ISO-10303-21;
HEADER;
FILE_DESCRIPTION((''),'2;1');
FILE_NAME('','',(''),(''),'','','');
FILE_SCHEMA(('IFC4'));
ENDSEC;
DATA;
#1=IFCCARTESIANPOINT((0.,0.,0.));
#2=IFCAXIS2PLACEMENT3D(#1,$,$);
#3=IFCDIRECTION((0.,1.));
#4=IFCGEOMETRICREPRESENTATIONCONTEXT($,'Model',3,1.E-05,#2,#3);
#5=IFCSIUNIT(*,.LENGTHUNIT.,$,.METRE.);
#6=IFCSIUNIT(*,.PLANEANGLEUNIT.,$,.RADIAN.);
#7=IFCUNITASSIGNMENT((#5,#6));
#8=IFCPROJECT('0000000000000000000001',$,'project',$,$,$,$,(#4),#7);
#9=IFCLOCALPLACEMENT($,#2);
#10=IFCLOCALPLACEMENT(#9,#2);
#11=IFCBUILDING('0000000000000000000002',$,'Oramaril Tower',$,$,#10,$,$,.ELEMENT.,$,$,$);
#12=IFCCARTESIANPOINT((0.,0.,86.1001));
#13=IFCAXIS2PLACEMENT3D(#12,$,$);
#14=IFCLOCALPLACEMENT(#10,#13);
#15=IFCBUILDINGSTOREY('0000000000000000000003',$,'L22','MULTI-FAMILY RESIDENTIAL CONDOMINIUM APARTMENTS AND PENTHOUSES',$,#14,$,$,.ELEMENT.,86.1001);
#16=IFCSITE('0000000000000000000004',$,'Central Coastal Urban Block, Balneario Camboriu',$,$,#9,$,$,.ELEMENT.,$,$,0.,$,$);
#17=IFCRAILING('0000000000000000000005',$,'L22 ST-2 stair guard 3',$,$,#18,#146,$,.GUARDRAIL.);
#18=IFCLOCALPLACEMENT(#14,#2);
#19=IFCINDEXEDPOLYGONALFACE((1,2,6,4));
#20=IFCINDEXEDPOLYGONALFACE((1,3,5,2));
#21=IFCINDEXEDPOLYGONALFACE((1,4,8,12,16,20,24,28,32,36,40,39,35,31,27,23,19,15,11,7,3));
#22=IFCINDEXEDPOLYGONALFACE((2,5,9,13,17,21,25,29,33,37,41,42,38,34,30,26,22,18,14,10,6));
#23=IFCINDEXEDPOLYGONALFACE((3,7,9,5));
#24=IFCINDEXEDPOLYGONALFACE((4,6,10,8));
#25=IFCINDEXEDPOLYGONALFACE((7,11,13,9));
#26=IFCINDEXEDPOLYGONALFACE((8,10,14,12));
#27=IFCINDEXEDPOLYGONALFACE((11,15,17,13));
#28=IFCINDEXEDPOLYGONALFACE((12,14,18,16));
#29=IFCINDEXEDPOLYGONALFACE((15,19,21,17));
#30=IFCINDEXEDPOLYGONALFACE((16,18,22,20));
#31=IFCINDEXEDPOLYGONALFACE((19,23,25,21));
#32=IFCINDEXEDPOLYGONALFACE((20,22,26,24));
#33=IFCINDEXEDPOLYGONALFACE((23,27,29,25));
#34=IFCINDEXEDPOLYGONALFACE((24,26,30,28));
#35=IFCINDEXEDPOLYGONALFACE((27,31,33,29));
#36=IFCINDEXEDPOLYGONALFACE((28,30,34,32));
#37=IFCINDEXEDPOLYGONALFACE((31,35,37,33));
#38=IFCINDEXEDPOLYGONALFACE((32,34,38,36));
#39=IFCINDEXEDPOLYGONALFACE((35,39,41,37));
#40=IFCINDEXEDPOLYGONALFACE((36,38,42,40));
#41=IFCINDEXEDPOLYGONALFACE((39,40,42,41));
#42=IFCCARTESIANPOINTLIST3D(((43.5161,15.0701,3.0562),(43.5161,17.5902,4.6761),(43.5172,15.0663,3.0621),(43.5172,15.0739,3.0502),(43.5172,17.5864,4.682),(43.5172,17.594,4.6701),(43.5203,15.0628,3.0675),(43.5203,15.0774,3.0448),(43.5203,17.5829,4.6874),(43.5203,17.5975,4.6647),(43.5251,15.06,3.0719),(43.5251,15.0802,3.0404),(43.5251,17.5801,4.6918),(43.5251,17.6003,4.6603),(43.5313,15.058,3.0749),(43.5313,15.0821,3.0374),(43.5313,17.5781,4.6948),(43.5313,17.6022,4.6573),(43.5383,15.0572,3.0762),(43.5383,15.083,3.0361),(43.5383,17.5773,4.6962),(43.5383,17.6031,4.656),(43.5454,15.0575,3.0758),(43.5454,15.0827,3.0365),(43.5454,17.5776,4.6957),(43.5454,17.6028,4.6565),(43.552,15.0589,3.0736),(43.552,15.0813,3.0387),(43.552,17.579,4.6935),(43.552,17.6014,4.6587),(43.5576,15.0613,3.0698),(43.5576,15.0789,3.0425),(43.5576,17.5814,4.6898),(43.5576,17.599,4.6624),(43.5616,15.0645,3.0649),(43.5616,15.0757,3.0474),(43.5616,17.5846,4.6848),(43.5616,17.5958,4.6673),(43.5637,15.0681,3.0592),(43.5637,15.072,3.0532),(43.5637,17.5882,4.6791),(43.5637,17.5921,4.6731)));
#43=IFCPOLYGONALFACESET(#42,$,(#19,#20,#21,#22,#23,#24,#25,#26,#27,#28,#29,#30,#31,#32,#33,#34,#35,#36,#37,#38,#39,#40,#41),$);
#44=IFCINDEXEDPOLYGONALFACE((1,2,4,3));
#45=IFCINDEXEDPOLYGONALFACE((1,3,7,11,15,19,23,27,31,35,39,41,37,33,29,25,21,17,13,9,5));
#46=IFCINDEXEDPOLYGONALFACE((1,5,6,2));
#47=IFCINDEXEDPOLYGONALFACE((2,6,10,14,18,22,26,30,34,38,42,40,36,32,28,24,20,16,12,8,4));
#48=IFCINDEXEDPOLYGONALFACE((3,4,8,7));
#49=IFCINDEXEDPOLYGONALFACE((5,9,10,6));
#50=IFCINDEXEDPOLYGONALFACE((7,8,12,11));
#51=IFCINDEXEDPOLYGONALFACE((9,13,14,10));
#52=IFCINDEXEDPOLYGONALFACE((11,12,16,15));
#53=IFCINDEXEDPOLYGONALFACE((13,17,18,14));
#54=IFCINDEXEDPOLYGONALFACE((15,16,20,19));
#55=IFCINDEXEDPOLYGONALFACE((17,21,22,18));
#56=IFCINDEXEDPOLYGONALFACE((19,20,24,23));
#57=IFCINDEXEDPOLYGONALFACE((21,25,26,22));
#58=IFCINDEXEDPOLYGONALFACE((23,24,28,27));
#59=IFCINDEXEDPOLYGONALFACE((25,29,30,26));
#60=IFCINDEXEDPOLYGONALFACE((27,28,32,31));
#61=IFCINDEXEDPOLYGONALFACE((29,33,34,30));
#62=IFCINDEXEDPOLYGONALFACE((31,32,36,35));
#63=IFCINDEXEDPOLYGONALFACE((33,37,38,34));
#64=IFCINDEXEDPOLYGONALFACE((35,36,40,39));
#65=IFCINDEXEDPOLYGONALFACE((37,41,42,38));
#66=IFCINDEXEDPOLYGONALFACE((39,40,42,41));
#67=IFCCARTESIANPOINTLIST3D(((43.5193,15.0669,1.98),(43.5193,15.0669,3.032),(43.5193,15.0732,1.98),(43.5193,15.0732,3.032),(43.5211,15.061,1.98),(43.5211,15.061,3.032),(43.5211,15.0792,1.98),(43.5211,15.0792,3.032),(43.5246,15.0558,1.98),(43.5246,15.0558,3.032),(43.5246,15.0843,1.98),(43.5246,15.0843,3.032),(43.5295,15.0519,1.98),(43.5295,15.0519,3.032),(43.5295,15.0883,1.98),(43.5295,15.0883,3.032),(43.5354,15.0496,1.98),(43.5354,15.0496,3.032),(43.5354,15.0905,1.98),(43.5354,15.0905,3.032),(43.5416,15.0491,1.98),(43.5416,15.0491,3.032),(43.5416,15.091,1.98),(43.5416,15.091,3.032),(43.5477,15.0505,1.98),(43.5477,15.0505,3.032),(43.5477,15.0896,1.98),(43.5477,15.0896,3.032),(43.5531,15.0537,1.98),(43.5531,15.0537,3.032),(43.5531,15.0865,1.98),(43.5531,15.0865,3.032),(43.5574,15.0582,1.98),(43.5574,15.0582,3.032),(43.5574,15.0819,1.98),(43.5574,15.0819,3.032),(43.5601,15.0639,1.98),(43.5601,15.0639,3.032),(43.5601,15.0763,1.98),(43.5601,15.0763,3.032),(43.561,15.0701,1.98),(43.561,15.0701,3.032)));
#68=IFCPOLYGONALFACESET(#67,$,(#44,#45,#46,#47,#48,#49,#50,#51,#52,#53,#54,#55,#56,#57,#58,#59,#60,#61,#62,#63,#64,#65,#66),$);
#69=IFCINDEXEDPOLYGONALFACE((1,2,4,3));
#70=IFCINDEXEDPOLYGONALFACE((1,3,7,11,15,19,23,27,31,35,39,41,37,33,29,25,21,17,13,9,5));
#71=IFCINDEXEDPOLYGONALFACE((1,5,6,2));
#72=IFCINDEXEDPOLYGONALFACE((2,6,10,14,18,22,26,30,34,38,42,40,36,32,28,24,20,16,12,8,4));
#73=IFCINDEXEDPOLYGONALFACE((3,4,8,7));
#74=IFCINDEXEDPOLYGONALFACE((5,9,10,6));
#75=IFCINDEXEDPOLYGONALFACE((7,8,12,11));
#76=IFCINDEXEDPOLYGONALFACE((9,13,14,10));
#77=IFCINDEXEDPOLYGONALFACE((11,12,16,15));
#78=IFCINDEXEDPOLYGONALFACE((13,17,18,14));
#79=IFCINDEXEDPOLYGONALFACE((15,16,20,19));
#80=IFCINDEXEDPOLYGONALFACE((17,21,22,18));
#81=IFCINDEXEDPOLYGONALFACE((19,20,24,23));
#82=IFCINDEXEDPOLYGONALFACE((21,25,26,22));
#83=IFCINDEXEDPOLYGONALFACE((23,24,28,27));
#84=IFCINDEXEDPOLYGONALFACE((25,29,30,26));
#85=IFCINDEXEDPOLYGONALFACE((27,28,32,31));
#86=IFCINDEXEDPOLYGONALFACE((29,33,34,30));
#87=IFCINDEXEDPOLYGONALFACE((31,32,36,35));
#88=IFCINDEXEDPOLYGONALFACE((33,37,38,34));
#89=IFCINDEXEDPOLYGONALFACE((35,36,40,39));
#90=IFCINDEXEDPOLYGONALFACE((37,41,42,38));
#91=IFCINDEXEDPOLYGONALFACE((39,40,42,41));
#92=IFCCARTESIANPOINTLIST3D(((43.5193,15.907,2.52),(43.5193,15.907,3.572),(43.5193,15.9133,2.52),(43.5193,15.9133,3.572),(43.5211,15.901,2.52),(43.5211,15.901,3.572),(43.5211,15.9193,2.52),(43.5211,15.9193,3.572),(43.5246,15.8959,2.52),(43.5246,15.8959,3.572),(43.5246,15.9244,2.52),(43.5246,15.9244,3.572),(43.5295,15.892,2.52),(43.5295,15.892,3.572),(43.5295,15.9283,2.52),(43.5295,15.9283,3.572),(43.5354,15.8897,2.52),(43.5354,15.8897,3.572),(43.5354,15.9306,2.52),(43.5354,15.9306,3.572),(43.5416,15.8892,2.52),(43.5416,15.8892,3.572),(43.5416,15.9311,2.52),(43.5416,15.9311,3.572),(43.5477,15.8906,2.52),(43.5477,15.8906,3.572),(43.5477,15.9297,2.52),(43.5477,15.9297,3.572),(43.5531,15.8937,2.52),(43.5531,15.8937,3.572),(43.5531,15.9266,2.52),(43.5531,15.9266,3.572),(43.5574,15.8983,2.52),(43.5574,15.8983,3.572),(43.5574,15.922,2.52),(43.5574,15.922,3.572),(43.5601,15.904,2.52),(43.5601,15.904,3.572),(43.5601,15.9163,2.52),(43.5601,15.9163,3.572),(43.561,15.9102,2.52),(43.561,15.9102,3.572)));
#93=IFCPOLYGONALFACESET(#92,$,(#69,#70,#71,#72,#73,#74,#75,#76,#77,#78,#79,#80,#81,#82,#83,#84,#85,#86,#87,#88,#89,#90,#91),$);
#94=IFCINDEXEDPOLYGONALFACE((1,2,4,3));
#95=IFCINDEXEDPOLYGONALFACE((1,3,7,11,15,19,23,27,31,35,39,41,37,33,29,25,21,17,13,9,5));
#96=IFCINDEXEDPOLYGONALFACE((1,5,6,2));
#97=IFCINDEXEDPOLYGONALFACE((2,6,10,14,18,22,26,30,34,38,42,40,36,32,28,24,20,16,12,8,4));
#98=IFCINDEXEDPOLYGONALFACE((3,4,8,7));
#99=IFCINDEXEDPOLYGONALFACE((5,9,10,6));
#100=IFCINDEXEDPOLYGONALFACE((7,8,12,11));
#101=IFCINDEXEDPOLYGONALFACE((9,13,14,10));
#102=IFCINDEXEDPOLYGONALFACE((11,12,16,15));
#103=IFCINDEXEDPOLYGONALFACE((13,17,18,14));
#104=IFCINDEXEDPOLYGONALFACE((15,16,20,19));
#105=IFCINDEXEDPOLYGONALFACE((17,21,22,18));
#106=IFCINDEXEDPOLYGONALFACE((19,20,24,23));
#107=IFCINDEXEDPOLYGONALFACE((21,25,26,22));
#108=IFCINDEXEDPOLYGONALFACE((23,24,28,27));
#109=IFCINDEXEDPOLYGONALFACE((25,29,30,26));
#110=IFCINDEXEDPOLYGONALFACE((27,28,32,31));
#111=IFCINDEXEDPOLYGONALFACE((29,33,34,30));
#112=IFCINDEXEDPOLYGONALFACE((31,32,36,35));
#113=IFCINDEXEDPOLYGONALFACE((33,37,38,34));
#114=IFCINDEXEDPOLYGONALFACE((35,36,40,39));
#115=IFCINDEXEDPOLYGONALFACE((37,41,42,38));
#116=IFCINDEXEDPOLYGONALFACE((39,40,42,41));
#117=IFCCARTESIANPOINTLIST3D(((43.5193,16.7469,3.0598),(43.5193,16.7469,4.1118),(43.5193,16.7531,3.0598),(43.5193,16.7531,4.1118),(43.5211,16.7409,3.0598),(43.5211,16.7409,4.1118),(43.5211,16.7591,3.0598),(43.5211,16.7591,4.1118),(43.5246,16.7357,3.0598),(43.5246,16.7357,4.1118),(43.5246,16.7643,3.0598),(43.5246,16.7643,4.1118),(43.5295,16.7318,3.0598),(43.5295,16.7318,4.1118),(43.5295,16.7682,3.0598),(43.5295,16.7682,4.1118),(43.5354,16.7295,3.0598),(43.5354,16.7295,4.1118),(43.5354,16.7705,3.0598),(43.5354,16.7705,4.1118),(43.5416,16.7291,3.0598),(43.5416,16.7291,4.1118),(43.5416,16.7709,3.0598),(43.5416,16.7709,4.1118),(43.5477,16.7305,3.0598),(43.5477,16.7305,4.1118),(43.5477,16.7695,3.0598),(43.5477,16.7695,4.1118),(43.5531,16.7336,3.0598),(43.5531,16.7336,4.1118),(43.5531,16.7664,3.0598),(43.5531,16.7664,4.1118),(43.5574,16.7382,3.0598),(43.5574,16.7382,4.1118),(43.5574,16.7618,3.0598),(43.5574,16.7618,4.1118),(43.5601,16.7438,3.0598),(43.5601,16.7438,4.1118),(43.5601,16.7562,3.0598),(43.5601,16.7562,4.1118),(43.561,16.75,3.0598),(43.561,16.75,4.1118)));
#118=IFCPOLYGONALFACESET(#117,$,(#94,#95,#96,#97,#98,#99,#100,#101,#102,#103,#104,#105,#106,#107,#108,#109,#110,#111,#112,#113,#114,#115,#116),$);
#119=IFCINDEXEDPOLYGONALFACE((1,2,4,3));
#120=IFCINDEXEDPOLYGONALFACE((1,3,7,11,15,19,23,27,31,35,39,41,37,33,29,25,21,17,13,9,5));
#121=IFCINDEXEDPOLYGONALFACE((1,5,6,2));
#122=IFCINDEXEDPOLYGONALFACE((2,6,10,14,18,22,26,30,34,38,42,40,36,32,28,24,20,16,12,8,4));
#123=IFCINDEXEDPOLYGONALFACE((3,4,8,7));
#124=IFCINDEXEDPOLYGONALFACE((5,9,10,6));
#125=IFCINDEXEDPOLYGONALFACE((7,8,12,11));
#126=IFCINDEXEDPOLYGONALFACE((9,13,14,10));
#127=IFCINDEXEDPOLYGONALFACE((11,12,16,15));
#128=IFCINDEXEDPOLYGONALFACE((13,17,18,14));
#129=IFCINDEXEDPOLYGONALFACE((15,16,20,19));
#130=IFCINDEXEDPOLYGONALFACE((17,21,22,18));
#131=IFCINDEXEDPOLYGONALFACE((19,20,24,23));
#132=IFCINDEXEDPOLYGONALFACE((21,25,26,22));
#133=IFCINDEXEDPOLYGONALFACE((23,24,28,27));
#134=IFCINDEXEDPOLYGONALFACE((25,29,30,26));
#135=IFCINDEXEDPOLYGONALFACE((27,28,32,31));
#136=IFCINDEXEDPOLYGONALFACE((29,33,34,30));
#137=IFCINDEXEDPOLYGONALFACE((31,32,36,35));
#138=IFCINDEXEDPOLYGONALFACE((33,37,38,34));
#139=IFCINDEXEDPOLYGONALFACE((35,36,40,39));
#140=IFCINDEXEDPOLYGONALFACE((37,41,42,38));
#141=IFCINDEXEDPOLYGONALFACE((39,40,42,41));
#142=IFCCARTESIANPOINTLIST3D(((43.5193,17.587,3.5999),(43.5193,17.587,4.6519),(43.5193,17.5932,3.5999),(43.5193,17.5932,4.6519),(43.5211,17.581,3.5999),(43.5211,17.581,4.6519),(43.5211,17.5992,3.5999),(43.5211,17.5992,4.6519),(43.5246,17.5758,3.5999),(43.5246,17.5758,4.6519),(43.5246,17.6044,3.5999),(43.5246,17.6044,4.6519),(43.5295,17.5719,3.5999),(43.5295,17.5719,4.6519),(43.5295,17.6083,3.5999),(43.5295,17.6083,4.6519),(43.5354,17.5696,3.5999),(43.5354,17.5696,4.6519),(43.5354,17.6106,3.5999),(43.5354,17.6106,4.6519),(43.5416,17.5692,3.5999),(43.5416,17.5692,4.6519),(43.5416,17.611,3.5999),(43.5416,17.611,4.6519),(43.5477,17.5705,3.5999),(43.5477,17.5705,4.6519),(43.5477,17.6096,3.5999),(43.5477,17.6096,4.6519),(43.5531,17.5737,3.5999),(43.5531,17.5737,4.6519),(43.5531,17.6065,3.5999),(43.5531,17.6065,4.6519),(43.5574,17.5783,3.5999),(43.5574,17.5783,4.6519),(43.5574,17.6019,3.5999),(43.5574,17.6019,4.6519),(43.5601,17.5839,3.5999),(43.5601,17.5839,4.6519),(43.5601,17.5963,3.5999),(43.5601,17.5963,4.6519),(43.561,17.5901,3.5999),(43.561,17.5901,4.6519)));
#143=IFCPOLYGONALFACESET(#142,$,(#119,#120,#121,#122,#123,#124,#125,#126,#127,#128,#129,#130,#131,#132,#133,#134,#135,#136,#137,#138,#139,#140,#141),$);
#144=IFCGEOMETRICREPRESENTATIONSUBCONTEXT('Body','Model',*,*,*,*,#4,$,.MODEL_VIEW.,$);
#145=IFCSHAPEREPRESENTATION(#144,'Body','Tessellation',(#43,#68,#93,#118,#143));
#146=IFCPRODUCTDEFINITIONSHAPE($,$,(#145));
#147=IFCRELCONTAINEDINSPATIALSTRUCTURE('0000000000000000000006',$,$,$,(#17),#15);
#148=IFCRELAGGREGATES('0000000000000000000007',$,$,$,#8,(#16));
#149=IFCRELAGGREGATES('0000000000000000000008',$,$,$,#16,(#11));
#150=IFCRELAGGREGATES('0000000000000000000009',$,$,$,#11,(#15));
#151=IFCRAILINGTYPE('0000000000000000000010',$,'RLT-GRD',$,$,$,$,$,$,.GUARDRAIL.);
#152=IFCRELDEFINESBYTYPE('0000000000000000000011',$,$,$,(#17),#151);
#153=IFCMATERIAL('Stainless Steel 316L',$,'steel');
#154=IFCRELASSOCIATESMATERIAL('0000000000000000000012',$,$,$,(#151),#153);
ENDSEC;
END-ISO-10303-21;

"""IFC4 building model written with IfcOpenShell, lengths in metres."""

from ifc_helpers import new_model, si_unit, direction, frame, origin, origin_2d, place, context, subcontext, project, spatial, circle, extrude, material, type_object, element, save


model = new_model("IFC4")

# Units and contexts
model_context = context("Model", 3, precision=1e-05, world=origin(), true_north=direction((0.0, 1.0)))
body_context = subcontext(model_context, "Body", "Model", "MODEL_VIEW")
ifc_project = project(units=[si_unit("LENGTHUNIT", "METRE"), si_unit("PLANEANGLEUNIT", "RADIAN")], contexts=[model_context])

# Site, building, storey
site_placement = place(None, origin())
site = spatial("IfcSite", under=ifc_project, at=site_placement, Name="Central Coastal Urban Block, Balneario Camboriu", CompositionType="ELEMENT", RefElevation=0.0)
building_placement = place(site_placement, origin())
building = spatial("IfcBuilding", under=site, at=building_placement, Name="Oramaril Tower", CompositionType="ELEMENT")
storey_placement = place(building_placement, frame((0.0, 0.0, 86.1001)))
storey = spatial("IfcBuildingStorey", under=building, at=storey_placement, Name="L22", Description="MULTI-FAMILY RESIDENTIAL CONDOMINIUM APARTMENTS AND PENTHOUSES", CompositionType="ELEMENT", Elevation=86.1001)

# Railing
ifc_material_1 = material(Name="Stainless Steel 316L", Category="steel")
railing_type_1 = type_object("IfcRailingType", Name="RLT-GRD", PredefinedType="GUARDRAIL", material=ifc_material_1)
railing_1_placement = place(storey_placement, frame((43.54, 15.0701, 1.98)))
element("IfcRailing", 1, at=railing_1_placement, inside=storey, type_object=railing_type_1, Name="L22 ST-2 stair guard 3", PredefinedType="GUARDRAIL", context=body_context, shape_type="SweptSolid", body=[
    extrude(circle(Radius=0.0239, at=origin_2d()), frame((0.0, 0.0, 1.0762), z_axis=(0.0, 0.8412, 0.540725), x_axis=(-1.0, 0.0, 0.0)), (0.0, 0.0, 1.0), 2.9958),
    extrude(circle(Radius=0.021, at=origin_2d()), origin(), (0.0, 0.0, 1.0), 1.052),
    extrude(circle(Radius=0.021, at=origin_2d()), frame((0.0, 0.8401, 0.54)), (0.0, 0.0, 1.0), 1.052),
    extrude(circle(Radius=0.021, at=origin_2d()), frame((0.0, 1.6799, 1.0798)), (0.0, 0.0, 1.0), 1.052),
    extrude(circle(Radius=0.021, at=origin_2d()), frame((0.0, 2.52, 1.6199)), (0.0, 0.0, 1.0), 1.052),
])

save(model, "model.ifc")
